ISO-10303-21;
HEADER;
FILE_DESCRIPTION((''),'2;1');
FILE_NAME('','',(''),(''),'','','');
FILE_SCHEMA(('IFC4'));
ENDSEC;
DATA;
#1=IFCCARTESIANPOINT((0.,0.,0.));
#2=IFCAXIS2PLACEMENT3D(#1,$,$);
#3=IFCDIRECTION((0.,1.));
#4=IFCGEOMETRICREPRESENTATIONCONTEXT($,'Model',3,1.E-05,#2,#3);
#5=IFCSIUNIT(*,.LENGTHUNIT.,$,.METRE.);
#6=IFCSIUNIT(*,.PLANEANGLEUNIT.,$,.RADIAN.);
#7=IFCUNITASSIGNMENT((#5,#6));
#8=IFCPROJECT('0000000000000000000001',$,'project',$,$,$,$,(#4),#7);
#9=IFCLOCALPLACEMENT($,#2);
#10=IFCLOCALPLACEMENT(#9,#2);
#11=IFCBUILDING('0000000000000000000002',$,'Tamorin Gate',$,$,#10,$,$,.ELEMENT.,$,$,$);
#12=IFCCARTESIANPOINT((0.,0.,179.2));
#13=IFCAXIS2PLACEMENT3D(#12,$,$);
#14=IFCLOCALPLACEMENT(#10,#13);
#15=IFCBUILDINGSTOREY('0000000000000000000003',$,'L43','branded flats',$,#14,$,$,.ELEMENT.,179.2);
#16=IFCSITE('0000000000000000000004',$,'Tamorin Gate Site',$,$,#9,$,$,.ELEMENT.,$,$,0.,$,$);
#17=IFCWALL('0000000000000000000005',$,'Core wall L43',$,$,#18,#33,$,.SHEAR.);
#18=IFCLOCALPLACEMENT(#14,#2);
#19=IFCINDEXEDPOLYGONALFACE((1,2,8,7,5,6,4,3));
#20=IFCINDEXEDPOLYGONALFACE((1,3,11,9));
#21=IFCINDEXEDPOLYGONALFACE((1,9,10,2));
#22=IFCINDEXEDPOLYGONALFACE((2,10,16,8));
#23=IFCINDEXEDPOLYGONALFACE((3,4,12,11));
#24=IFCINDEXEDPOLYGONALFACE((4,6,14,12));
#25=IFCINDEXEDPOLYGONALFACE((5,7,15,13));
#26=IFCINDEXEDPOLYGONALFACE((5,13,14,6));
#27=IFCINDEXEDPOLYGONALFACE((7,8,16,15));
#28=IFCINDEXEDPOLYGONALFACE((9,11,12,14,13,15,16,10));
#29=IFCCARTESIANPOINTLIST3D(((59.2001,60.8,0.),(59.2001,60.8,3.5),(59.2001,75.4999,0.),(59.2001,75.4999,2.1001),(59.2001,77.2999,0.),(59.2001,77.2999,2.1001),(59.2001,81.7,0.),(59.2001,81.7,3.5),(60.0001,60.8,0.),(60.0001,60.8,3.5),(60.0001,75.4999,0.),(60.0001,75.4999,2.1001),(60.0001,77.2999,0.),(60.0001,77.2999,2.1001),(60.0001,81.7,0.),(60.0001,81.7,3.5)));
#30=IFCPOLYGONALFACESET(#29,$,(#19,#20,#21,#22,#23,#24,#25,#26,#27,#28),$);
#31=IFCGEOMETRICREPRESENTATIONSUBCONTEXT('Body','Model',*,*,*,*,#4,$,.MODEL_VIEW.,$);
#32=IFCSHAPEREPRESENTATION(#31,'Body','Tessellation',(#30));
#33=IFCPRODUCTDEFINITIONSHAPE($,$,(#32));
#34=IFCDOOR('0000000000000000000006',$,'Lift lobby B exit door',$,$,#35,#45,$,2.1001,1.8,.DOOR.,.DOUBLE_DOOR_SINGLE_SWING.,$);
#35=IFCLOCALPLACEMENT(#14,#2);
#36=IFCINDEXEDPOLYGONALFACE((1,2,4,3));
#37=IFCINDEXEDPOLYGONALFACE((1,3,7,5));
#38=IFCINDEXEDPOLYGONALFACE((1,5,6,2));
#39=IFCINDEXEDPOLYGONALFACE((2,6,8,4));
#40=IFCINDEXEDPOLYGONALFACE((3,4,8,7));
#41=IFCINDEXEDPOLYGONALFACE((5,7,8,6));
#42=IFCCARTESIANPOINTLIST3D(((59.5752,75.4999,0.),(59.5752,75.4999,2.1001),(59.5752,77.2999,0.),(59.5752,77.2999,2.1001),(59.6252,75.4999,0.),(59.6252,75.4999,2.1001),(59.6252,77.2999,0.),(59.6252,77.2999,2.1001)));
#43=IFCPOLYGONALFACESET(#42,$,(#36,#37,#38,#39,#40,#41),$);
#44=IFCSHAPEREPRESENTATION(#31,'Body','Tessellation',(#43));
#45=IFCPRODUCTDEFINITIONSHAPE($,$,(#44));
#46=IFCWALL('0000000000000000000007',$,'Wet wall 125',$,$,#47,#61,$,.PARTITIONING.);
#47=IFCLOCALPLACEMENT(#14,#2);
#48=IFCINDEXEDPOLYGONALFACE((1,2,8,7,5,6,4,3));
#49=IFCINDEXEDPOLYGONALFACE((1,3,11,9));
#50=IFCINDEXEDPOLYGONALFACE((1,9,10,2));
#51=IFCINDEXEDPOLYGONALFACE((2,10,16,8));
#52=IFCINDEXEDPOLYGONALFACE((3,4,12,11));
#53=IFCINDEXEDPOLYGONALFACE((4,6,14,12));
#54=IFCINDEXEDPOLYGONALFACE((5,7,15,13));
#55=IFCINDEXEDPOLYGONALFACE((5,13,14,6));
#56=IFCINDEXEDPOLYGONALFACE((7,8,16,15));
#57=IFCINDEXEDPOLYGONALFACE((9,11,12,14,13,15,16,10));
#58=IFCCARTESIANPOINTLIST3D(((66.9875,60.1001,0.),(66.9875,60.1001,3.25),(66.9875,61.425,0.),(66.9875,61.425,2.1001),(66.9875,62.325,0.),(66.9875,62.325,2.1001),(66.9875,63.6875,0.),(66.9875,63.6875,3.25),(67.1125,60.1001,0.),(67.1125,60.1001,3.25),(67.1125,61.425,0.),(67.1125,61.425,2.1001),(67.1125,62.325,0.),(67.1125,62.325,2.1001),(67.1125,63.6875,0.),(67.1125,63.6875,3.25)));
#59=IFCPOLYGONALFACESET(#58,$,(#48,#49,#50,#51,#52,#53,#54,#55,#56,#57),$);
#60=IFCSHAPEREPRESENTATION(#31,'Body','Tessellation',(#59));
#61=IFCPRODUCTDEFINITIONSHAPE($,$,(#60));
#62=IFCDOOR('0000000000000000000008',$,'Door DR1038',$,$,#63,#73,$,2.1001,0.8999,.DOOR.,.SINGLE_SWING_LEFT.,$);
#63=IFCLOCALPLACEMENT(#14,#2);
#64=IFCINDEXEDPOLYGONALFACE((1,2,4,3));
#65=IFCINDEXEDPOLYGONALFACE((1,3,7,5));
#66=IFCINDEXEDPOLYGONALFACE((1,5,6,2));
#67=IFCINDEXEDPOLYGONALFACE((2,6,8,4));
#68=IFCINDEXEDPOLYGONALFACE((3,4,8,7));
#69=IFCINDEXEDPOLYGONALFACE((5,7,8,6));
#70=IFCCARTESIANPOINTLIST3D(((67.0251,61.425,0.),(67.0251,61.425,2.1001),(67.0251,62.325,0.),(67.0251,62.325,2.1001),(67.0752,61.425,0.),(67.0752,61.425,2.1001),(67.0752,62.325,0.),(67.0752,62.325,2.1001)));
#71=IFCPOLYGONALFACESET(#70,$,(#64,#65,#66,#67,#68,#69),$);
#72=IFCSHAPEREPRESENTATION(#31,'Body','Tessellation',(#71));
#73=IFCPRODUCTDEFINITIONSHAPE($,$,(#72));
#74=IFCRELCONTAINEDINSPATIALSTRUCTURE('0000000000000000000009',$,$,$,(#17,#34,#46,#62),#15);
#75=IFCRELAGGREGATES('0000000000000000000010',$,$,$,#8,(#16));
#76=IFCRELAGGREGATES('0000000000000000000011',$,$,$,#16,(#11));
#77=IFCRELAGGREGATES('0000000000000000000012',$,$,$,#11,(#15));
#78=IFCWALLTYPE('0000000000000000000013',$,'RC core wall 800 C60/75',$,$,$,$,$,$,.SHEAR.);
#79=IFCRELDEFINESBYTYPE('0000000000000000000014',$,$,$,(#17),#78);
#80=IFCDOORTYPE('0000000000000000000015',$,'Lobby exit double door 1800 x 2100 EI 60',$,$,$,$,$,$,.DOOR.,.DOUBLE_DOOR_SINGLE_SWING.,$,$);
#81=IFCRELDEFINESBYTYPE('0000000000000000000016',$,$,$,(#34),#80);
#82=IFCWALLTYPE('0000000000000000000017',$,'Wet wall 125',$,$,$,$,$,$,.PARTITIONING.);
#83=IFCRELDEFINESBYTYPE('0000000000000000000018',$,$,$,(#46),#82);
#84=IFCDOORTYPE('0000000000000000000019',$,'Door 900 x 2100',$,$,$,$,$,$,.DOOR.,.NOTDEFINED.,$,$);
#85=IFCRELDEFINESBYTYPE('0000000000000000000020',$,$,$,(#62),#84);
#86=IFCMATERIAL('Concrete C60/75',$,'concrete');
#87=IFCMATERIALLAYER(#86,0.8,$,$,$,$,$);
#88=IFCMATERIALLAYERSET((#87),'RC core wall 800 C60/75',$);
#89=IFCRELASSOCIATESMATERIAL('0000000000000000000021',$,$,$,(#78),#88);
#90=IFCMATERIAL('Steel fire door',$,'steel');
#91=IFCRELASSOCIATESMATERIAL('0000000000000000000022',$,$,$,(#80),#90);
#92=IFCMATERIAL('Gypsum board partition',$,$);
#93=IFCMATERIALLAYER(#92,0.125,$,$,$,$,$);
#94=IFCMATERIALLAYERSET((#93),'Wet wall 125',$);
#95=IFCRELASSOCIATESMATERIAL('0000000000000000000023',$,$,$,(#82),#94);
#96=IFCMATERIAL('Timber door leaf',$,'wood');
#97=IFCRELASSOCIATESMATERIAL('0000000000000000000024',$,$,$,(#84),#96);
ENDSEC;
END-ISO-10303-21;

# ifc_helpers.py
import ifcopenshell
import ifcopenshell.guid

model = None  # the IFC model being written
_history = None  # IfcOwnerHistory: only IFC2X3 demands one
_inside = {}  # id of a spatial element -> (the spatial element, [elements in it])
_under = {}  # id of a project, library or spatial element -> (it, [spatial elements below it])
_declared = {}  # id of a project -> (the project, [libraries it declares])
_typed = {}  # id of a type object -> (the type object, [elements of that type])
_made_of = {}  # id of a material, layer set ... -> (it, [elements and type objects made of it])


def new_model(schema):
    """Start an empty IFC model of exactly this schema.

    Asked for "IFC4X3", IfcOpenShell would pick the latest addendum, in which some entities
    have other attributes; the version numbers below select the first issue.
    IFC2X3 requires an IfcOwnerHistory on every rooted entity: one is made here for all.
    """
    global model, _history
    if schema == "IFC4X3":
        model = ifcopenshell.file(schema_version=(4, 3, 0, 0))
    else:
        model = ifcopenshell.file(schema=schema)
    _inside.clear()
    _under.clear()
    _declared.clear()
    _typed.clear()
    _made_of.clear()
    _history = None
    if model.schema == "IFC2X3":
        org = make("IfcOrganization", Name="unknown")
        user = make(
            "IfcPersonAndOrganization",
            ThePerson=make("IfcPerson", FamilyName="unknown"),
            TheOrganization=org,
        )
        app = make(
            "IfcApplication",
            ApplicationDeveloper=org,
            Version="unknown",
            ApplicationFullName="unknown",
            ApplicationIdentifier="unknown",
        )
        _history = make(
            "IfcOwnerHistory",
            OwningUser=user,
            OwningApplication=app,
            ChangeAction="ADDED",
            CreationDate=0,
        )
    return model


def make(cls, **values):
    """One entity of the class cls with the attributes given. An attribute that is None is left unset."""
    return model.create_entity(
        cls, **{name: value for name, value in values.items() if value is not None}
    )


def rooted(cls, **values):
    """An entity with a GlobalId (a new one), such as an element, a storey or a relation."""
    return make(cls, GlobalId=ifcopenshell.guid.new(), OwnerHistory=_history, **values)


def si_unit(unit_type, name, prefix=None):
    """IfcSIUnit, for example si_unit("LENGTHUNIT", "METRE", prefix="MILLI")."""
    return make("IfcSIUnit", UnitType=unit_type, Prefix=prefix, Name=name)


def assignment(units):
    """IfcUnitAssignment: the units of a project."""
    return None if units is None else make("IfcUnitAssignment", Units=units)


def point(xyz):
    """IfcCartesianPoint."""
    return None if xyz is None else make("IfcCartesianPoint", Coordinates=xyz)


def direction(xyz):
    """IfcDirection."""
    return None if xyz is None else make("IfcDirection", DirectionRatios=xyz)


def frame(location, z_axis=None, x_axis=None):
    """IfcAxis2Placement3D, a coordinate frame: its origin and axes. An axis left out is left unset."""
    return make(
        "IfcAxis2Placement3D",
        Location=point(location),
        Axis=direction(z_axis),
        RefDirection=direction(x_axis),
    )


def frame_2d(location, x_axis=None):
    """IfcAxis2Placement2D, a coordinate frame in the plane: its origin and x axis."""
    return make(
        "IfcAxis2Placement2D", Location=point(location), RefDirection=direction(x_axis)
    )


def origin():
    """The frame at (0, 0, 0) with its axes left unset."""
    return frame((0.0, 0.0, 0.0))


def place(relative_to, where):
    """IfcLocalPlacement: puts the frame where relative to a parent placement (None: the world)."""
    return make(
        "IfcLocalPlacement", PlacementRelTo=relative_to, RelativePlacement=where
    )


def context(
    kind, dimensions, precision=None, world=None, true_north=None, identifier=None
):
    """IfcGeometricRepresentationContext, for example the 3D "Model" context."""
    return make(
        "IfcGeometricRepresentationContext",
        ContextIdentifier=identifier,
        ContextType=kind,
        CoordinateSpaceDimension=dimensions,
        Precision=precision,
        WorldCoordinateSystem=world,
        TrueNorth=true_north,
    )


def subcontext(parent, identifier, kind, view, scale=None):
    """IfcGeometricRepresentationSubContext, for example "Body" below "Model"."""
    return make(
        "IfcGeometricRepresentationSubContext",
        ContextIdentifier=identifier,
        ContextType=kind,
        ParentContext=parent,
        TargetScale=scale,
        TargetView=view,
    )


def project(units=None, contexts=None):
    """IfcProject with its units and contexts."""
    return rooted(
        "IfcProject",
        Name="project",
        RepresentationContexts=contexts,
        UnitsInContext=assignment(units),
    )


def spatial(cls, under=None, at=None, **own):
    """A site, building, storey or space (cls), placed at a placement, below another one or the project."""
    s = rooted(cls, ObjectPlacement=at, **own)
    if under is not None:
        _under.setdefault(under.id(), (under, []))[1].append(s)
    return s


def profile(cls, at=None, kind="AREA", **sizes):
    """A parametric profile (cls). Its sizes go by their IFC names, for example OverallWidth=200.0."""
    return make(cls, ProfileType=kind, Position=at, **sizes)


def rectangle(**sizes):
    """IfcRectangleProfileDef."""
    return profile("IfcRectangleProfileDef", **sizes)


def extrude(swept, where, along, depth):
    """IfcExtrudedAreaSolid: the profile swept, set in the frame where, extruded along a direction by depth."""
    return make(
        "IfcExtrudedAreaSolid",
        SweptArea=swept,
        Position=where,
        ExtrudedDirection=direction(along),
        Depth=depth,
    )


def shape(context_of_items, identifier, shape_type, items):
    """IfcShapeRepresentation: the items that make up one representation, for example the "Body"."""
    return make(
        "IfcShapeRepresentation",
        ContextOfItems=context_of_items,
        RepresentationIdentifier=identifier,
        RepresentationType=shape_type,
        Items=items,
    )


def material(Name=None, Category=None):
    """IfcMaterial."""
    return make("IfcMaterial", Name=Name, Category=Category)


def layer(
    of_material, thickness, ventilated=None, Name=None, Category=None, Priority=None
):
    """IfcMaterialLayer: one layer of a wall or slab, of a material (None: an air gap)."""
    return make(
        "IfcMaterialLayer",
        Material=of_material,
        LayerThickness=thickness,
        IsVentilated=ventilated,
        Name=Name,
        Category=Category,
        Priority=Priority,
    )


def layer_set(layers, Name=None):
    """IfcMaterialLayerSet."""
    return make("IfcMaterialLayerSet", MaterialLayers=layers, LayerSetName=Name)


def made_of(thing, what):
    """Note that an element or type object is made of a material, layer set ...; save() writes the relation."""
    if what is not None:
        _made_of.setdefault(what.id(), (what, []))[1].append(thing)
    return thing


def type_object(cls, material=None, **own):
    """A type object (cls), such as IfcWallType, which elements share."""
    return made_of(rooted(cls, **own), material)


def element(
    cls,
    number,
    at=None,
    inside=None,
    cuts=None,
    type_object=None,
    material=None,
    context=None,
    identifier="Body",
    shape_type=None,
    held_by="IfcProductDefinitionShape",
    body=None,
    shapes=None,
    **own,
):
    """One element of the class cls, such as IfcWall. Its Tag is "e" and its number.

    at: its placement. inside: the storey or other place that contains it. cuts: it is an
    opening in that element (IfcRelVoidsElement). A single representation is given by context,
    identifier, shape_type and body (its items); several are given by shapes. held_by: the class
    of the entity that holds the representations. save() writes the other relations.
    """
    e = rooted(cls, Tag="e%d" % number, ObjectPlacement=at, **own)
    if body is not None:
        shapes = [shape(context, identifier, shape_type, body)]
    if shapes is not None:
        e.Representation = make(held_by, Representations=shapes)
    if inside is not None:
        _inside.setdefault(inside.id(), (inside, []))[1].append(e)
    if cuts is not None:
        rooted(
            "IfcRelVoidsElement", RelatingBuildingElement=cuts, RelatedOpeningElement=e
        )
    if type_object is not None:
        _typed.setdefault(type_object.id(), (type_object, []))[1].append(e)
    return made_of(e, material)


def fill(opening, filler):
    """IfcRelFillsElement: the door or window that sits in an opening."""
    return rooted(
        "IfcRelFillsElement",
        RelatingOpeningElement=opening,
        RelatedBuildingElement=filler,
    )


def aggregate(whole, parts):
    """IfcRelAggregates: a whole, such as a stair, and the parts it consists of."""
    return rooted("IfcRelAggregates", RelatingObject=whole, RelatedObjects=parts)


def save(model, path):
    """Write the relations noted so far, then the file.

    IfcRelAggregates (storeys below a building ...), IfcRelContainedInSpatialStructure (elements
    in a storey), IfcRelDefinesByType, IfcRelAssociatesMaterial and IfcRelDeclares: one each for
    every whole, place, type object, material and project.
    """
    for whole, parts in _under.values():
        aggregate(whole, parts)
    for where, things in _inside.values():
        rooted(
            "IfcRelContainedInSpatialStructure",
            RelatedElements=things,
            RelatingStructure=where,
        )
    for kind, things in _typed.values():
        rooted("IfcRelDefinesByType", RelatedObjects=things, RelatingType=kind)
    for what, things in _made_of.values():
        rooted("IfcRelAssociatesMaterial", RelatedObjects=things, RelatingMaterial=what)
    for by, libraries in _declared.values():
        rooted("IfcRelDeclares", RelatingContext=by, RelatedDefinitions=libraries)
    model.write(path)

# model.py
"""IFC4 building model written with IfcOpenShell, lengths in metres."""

from ifc_helpers import new_model, si_unit, direction, frame, frame_2d, origin, place, context, subcontext, project, spatial, rectangle, extrude, material, layer, layer_set, type_object, element, fill, save


model = new_model("IFC4")

# Units and contexts
model_context = context("Model", 3, precision=1e-05, world=origin(), true_north=direction((0.0, 1.0)))
body_context = subcontext(model_context, "Body", "Model", "MODEL_VIEW")
ifc_project = project(units=[si_unit("LENGTHUNIT", "METRE"), si_unit("PLANEANGLEUNIT", "RADIAN")], contexts=[model_context])

# Site, building, storey
site_placement = place(None, origin())
site = spatial("IfcSite", under=ifc_project, at=site_placement, Name="Tamorin Gate Site", CompositionType="ELEMENT", RefElevation=0.0)
building_placement = place(site_placement, origin())
building = spatial("IfcBuilding", under=site, at=building_placement, Name="Tamorin Gate", CompositionType="ELEMENT")
storey_placement = place(building_placement, frame((0.0, 0.0, 179.2)))
storey = spatial("IfcBuildingStorey", under=building, at=storey_placement, Name="L43", Description="branded flats", CompositionType="ELEMENT", Elevation=179.2)

# Shared definitions
ifc_material_1 = material(Name="Concrete C60/75", Category="concrete")

# Shared definitions
ifc_material_2 = material(Name="Gypsum board partition")
ifc_material_3 = material(Name="Timber door leaf", Category="wood")

# Walls, openings, doors
ifc_layer_1 = layer(ifc_material_1, 0.8)
ifc_layer_set_1 = layer_set([ifc_layer_1], Name="RC core wall 800 C60/75")
wall_type_1 = type_object("IfcWallType", Name="RC core wall 800 C60/75", PredefinedType="SHEAR", material=ifc_layer_set_1)
wall_1_placement = place(storey_placement, frame((59.6001, 60.8, 0.0), z_axis=(0.0, 0.0, 1.0), x_axis=(0.0, 1.0, 0.0)))
wall_1 = element("IfcWall", 1, at=wall_1_placement, inside=storey, type_object=wall_type_1, Name="Core wall L43", PredefinedType="SHEAR", context=body_context, shape_type="SweptSolid", body=[
    extrude(rectangle(XDim=20.8999, YDim=0.8, at=frame_2d((10.45, 0.0))), origin(), (0.0, 0.0, 1.0), 3.5),
])
opening_1_placement = place(wall_1_placement, frame((14.7, 0.0, 0.0)))
opening_1 = element("IfcOpeningElement", 2, at=opening_1_placement, cuts=wall_1, PredefinedType="OPENING", context=body_context, shape_type="SweptSolid", body=[
    extrude(rectangle(XDim=1.8, YDim=2.1001, at=frame_2d((0.8999, 1.05))), frame((0.0, 0.4099, 0.0), z_axis=(0.0, -1.0, 0.0), x_axis=(1.0, 0.0, 0.0)), (0.0, 0.0, 1.0), 0.8201),
])
ifc_material_4 = material(Name="Steel fire door", Category="steel")
door_type_1 = type_object("IfcDoorType", Name="Lobby exit double door 1800 x 2100 EI 60", OperationType="DOUBLE_DOOR_SINGLE_SWING", PredefinedType="DOOR", material=ifc_material_4)
door_1_placement = place(opening_1_placement, origin())
door_1 = element("IfcDoor", 3, at=door_1_placement, inside=storey, type_object=door_type_1, Name="Lift lobby B exit door", OperationType="DOUBLE_DOOR_SINGLE_SWING", OverallHeight=2.1001, OverallWidth=1.8, PredefinedType="DOOR", context=body_context, shape_type="SweptSolid", body=[
    extrude(rectangle(XDim=1.8, YDim=2.1001, at=frame_2d((0.8999, 1.05))), frame((0.0, 0.0249, 0.0), z_axis=(0.0, -1.0, 0.0), x_axis=(1.0, 0.0, 0.0)), (0.0, 0.0, 1.0), 0.05),
])
fill(opening_1, door_1)
ifc_layer_2 = layer(ifc_material_2, 0.125)
ifc_layer_set_2 = layer_set([ifc_layer_2], Name="Wet wall 125")
wall_type_2 = type_object("IfcWallType", Name="Wet wall 125", PredefinedType="PARTITIONING", material=ifc_layer_set_2)
wall_2_placement = place(storey_placement, frame((67.05, 60.1001, 0.0), z_axis=(0.0, 0.0, 1.0), x_axis=(0.0, 1.0, 0.0)))
wall_2 = element("IfcWall", 4, at=wall_2_placement, inside=storey, type_object=wall_type_2, Name="Wet wall 125", PredefinedType="PARTITIONING", context=body_context, shape_type="SweptSolid", body=[
    extrude(rectangle(XDim=3.5874, YDim=0.125, at=frame_2d((1.7937, 0.0))), origin(), (0.0, 0.0, 1.0), 3.25),
])
opening_2_placement = place(wall_2_placement, frame((1.325, 0.0, 0.0)))
opening_2 = element("IfcOpeningElement", 5, at=opening_2_placement, cuts=wall_2, PredefinedType="OPENING", context=body_context, shape_type="SweptSolid", body=[
    extrude(rectangle(XDim=0.8999, YDim=2.1001, at=frame_2d((0.45, 1.05))), frame((0.0, 0.0725, 0.0), z_axis=(0.0, -1.0, 0.0), x_axis=(1.0, 0.0, 0.0)), (0.0, 0.0, 1.0), 0.145),
])
door_type_2 = type_object("IfcDoorType", Name="Door 900 x 2100", OperationType="NOTDEFINED", PredefinedType="DOOR", material=ifc_material_3)
door_2_placement = place(opening_2_placement, origin())
door_2 = element("IfcDoor", 6, at=door_2_placement, inside=storey, type_object=door_type_2, Name="Door DR1038", OperationType="SINGLE_SWING_LEFT", OverallHeight=2.1001, OverallWidth=0.8999, PredefinedType="DOOR", context=body_context, shape_type="SweptSolid", body=[
    extrude(rectangle(XDim=0.8999, YDim=2.1001, at=frame_2d((0.45, 1.05))), frame((0.0, 0.0249, 0.0), z_axis=(0.0, -1.0, 0.0), x_axis=(1.0, 0.0, 0.0)), (0.0, 0.0, 1.0), 0.05),
])
fill(opening_2, door_2)

save(model, "model.ifc")
